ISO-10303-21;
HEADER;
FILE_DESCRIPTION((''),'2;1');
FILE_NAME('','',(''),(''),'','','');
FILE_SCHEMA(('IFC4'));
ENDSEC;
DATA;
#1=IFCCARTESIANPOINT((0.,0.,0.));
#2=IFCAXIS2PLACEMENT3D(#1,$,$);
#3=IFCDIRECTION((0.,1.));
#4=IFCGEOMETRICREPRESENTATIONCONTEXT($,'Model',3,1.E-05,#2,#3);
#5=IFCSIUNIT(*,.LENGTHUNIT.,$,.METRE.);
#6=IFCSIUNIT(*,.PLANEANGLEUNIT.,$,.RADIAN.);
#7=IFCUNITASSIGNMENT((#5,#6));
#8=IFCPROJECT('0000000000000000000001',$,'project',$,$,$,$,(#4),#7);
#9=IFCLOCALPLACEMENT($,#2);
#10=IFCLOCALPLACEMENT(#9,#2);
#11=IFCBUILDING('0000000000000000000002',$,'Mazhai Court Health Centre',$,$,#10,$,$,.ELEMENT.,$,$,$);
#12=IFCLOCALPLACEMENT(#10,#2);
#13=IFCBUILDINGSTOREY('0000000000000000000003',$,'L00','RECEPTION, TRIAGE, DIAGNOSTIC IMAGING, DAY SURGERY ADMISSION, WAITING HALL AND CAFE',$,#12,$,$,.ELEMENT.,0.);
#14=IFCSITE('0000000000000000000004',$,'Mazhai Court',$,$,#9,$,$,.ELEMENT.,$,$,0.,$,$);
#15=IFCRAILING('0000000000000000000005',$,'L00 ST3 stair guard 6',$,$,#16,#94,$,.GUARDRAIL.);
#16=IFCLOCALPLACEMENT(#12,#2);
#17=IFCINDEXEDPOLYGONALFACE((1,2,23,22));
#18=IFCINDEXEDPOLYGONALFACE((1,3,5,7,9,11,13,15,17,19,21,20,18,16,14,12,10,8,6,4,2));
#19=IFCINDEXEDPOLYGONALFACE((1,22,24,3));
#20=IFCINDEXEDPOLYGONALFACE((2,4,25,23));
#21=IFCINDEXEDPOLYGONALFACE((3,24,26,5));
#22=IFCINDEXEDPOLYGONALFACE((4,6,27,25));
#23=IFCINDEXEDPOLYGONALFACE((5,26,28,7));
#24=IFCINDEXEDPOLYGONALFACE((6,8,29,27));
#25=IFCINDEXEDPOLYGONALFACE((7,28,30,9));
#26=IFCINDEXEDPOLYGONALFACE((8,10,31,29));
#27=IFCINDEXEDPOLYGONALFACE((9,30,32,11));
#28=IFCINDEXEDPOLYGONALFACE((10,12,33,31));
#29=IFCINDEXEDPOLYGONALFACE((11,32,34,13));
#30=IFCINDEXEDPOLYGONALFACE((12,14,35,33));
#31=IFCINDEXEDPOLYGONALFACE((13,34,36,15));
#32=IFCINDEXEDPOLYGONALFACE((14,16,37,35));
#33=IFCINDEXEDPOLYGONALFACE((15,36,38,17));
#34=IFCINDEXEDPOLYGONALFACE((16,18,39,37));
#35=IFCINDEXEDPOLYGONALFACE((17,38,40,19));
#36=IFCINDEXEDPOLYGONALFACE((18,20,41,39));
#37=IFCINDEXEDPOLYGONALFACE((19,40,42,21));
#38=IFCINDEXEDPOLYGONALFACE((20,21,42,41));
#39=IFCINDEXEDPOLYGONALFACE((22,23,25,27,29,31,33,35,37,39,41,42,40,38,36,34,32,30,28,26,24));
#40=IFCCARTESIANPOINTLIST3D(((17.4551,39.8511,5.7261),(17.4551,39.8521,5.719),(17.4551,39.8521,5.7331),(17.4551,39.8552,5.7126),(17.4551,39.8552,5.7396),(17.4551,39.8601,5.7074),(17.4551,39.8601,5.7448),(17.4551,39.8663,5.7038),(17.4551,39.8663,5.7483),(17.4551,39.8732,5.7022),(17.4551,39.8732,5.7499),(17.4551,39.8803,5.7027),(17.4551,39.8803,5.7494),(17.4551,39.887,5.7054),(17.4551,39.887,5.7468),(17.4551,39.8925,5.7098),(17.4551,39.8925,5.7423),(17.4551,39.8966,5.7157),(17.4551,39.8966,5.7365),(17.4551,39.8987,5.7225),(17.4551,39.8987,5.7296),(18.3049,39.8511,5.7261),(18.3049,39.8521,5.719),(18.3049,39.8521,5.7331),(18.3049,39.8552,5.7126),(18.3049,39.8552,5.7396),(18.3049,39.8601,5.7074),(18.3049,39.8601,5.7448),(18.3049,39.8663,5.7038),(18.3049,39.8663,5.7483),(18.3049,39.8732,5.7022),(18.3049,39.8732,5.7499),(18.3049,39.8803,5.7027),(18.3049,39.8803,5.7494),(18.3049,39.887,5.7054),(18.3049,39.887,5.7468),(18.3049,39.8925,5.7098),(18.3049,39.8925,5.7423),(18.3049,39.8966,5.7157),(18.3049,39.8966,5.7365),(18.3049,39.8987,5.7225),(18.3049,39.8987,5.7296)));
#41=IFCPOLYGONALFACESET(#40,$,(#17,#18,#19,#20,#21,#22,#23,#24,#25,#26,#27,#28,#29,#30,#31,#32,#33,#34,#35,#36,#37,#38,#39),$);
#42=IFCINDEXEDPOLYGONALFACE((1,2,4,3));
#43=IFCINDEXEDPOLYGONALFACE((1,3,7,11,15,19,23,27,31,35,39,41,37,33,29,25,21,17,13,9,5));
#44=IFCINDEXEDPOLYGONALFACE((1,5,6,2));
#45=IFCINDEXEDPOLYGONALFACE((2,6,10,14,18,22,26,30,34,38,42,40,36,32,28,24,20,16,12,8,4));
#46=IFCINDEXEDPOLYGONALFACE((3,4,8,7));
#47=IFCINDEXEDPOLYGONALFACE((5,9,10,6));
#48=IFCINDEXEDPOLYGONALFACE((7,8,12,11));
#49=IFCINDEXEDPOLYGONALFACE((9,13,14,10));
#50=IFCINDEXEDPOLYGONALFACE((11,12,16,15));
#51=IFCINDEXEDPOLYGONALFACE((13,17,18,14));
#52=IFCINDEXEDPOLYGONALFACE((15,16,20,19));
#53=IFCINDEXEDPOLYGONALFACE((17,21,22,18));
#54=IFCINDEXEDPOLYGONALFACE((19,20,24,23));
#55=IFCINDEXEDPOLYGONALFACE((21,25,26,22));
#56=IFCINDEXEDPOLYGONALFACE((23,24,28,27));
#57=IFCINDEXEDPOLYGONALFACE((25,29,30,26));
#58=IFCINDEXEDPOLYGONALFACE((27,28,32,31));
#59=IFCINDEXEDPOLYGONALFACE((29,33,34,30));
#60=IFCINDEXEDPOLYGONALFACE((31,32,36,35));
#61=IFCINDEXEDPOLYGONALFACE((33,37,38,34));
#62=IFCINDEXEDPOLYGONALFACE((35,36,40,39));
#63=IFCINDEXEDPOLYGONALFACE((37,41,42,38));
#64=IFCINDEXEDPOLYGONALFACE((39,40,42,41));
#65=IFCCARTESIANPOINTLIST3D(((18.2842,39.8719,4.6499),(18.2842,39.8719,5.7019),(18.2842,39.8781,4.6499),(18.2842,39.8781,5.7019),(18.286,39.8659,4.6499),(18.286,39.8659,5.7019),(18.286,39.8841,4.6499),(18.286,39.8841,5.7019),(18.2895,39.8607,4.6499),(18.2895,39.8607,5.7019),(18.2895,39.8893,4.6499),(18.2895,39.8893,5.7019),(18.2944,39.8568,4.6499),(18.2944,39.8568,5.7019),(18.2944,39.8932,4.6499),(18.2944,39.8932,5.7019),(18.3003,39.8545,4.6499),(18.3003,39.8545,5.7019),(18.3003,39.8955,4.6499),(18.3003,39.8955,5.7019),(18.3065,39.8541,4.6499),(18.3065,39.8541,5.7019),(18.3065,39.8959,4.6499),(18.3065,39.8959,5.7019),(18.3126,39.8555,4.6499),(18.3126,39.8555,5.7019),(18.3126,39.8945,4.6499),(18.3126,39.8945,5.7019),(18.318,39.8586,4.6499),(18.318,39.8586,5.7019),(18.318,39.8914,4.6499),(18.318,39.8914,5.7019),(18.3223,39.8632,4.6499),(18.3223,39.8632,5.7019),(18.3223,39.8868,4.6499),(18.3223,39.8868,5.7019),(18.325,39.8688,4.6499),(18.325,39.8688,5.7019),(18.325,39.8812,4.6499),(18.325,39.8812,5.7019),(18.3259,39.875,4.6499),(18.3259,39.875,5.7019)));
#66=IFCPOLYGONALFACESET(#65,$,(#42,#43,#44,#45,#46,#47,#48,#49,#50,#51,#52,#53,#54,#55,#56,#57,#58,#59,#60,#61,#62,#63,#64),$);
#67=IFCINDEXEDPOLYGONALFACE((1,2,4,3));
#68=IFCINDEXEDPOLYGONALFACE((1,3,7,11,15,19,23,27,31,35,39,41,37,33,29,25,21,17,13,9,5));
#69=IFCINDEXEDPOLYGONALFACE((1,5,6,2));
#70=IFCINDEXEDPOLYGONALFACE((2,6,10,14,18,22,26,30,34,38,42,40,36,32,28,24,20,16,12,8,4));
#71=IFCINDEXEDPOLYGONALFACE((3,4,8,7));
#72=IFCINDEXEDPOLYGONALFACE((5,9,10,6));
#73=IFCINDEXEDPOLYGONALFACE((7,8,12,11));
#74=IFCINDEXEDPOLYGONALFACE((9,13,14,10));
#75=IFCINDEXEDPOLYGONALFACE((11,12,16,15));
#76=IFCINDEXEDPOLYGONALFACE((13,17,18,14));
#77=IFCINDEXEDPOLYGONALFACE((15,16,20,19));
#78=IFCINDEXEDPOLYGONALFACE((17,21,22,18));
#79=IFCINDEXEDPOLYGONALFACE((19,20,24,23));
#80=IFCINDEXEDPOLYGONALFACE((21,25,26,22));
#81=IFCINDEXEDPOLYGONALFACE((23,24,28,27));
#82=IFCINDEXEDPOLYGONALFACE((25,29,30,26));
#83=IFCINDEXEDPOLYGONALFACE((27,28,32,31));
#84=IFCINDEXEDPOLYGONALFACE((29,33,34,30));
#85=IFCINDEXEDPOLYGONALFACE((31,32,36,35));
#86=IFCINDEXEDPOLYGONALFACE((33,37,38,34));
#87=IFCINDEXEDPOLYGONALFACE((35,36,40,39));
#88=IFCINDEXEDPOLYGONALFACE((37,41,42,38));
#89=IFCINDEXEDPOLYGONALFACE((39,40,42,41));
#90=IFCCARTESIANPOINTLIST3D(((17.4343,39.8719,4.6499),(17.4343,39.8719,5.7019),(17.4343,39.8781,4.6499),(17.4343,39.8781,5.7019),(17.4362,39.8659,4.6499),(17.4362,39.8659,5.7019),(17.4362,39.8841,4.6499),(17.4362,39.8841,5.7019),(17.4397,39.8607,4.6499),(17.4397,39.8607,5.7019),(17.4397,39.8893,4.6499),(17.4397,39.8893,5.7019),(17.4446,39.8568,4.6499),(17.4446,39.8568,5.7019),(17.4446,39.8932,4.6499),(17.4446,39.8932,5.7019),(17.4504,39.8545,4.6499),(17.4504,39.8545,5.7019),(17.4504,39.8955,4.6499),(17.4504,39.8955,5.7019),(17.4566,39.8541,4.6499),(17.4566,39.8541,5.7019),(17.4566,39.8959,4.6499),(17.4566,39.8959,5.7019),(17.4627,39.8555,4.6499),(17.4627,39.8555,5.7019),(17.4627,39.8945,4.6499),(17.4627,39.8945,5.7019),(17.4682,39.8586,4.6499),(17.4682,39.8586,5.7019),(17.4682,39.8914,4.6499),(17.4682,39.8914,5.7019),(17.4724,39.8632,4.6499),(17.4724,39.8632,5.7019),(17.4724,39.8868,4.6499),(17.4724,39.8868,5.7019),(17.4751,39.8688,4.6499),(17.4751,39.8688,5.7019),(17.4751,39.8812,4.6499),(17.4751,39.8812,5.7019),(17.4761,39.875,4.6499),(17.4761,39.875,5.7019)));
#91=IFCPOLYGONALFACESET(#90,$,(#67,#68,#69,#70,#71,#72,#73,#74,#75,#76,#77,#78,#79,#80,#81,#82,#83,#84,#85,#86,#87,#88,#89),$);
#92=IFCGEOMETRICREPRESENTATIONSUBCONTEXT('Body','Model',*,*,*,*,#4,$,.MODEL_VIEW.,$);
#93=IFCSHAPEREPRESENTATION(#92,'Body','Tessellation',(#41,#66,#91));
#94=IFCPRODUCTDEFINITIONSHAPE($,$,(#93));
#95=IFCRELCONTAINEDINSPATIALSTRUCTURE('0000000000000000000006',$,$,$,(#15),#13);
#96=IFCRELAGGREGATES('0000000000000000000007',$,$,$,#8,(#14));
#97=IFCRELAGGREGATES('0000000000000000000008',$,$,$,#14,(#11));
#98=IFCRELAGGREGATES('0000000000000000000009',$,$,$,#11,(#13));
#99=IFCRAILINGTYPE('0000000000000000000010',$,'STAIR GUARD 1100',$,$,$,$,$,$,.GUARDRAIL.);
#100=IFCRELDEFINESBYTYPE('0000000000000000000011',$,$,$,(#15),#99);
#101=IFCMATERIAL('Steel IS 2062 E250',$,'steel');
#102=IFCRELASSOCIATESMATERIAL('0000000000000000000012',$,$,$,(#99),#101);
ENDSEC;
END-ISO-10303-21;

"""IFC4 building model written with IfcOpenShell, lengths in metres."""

from ifc_helpers import new_model, si_unit, direction, frame, origin, origin_2d, place, context, subcontext, project, spatial, circle, extrude, material, type_object, element, save


model = new_model("IFC4")

# Units and contexts
model_context = context("Model", 3, precision=1e-05, world=origin(), true_north=direction((0.0, 1.0)))
body_context = subcontext(model_context, "Body", "Model", "MODEL_VIEW")
ifc_project = project(units=[si_unit("LENGTHUNIT", "METRE"), si_unit("PLANEANGLEUNIT", "RADIAN")], contexts=[model_context])

# Site, building, storey
site_placement = place(None, origin())
site = spatial("IfcSite", under=ifc_project, at=site_placement, Name="Mazhai Court", CompositionType="ELEMENT", RefElevation=0.0)
building_placement = place(site_placement, origin())
building = spatial("IfcBuilding", under=site, at=building_placement, Name="Mazhai Court Health Centre", CompositionType="ELEMENT")
storey_placement = place(building_placement, origin())
storey = spatial("IfcBuildingStorey", under=building, at=storey_placement, Name="L00", Description="RECEPTION, TRIAGE, DIAGNOSTIC IMAGING, DAY SURGERY ADMISSION, WAITING HALL AND CAFE", CompositionType="ELEMENT", Elevation=0.0)

# Railing
ifc_material_1 = material(Name="Steel IS 2062 E250", Category="steel")
railing_type_1 = type_object("IfcRailingType", Name="STAIR GUARD 1100", PredefinedType="GUARDRAIL", material=ifc_material_1)
for number, where, name in (
    (1, (18.3049, 39.875, 4.6499), "L00 ST3 stair guard 6"),
):
    element("IfcRailing", number, at=place(storey_placement, frame(where)), inside=storey, type_object=railing_type_1, Name=name, PredefinedType="GUARDRAIL", context=body_context, shape_type="SweptSolid", body=[
        extrude(circle(Radius=0.0239, at=origin_2d()), frame((0.0, 0.0, 1.0762), z_axis=(-1.0, 0.0, 0.0), x_axis=(0.0, -1.0, 0.0)), (0.0, 0.0, 1.0), 0.8499),
        extrude(circle(Radius=0.021, at=origin_2d()), origin(), (0.0, 0.0, 1.0), 1.052),
        extrude(circle(Radius=0.021, at=origin_2d()), frame((-0.8499, 0.0, 0.0)), (0.0, 0.0, 1.0), 1.052),
    ])

save(model, "model.ifc")
